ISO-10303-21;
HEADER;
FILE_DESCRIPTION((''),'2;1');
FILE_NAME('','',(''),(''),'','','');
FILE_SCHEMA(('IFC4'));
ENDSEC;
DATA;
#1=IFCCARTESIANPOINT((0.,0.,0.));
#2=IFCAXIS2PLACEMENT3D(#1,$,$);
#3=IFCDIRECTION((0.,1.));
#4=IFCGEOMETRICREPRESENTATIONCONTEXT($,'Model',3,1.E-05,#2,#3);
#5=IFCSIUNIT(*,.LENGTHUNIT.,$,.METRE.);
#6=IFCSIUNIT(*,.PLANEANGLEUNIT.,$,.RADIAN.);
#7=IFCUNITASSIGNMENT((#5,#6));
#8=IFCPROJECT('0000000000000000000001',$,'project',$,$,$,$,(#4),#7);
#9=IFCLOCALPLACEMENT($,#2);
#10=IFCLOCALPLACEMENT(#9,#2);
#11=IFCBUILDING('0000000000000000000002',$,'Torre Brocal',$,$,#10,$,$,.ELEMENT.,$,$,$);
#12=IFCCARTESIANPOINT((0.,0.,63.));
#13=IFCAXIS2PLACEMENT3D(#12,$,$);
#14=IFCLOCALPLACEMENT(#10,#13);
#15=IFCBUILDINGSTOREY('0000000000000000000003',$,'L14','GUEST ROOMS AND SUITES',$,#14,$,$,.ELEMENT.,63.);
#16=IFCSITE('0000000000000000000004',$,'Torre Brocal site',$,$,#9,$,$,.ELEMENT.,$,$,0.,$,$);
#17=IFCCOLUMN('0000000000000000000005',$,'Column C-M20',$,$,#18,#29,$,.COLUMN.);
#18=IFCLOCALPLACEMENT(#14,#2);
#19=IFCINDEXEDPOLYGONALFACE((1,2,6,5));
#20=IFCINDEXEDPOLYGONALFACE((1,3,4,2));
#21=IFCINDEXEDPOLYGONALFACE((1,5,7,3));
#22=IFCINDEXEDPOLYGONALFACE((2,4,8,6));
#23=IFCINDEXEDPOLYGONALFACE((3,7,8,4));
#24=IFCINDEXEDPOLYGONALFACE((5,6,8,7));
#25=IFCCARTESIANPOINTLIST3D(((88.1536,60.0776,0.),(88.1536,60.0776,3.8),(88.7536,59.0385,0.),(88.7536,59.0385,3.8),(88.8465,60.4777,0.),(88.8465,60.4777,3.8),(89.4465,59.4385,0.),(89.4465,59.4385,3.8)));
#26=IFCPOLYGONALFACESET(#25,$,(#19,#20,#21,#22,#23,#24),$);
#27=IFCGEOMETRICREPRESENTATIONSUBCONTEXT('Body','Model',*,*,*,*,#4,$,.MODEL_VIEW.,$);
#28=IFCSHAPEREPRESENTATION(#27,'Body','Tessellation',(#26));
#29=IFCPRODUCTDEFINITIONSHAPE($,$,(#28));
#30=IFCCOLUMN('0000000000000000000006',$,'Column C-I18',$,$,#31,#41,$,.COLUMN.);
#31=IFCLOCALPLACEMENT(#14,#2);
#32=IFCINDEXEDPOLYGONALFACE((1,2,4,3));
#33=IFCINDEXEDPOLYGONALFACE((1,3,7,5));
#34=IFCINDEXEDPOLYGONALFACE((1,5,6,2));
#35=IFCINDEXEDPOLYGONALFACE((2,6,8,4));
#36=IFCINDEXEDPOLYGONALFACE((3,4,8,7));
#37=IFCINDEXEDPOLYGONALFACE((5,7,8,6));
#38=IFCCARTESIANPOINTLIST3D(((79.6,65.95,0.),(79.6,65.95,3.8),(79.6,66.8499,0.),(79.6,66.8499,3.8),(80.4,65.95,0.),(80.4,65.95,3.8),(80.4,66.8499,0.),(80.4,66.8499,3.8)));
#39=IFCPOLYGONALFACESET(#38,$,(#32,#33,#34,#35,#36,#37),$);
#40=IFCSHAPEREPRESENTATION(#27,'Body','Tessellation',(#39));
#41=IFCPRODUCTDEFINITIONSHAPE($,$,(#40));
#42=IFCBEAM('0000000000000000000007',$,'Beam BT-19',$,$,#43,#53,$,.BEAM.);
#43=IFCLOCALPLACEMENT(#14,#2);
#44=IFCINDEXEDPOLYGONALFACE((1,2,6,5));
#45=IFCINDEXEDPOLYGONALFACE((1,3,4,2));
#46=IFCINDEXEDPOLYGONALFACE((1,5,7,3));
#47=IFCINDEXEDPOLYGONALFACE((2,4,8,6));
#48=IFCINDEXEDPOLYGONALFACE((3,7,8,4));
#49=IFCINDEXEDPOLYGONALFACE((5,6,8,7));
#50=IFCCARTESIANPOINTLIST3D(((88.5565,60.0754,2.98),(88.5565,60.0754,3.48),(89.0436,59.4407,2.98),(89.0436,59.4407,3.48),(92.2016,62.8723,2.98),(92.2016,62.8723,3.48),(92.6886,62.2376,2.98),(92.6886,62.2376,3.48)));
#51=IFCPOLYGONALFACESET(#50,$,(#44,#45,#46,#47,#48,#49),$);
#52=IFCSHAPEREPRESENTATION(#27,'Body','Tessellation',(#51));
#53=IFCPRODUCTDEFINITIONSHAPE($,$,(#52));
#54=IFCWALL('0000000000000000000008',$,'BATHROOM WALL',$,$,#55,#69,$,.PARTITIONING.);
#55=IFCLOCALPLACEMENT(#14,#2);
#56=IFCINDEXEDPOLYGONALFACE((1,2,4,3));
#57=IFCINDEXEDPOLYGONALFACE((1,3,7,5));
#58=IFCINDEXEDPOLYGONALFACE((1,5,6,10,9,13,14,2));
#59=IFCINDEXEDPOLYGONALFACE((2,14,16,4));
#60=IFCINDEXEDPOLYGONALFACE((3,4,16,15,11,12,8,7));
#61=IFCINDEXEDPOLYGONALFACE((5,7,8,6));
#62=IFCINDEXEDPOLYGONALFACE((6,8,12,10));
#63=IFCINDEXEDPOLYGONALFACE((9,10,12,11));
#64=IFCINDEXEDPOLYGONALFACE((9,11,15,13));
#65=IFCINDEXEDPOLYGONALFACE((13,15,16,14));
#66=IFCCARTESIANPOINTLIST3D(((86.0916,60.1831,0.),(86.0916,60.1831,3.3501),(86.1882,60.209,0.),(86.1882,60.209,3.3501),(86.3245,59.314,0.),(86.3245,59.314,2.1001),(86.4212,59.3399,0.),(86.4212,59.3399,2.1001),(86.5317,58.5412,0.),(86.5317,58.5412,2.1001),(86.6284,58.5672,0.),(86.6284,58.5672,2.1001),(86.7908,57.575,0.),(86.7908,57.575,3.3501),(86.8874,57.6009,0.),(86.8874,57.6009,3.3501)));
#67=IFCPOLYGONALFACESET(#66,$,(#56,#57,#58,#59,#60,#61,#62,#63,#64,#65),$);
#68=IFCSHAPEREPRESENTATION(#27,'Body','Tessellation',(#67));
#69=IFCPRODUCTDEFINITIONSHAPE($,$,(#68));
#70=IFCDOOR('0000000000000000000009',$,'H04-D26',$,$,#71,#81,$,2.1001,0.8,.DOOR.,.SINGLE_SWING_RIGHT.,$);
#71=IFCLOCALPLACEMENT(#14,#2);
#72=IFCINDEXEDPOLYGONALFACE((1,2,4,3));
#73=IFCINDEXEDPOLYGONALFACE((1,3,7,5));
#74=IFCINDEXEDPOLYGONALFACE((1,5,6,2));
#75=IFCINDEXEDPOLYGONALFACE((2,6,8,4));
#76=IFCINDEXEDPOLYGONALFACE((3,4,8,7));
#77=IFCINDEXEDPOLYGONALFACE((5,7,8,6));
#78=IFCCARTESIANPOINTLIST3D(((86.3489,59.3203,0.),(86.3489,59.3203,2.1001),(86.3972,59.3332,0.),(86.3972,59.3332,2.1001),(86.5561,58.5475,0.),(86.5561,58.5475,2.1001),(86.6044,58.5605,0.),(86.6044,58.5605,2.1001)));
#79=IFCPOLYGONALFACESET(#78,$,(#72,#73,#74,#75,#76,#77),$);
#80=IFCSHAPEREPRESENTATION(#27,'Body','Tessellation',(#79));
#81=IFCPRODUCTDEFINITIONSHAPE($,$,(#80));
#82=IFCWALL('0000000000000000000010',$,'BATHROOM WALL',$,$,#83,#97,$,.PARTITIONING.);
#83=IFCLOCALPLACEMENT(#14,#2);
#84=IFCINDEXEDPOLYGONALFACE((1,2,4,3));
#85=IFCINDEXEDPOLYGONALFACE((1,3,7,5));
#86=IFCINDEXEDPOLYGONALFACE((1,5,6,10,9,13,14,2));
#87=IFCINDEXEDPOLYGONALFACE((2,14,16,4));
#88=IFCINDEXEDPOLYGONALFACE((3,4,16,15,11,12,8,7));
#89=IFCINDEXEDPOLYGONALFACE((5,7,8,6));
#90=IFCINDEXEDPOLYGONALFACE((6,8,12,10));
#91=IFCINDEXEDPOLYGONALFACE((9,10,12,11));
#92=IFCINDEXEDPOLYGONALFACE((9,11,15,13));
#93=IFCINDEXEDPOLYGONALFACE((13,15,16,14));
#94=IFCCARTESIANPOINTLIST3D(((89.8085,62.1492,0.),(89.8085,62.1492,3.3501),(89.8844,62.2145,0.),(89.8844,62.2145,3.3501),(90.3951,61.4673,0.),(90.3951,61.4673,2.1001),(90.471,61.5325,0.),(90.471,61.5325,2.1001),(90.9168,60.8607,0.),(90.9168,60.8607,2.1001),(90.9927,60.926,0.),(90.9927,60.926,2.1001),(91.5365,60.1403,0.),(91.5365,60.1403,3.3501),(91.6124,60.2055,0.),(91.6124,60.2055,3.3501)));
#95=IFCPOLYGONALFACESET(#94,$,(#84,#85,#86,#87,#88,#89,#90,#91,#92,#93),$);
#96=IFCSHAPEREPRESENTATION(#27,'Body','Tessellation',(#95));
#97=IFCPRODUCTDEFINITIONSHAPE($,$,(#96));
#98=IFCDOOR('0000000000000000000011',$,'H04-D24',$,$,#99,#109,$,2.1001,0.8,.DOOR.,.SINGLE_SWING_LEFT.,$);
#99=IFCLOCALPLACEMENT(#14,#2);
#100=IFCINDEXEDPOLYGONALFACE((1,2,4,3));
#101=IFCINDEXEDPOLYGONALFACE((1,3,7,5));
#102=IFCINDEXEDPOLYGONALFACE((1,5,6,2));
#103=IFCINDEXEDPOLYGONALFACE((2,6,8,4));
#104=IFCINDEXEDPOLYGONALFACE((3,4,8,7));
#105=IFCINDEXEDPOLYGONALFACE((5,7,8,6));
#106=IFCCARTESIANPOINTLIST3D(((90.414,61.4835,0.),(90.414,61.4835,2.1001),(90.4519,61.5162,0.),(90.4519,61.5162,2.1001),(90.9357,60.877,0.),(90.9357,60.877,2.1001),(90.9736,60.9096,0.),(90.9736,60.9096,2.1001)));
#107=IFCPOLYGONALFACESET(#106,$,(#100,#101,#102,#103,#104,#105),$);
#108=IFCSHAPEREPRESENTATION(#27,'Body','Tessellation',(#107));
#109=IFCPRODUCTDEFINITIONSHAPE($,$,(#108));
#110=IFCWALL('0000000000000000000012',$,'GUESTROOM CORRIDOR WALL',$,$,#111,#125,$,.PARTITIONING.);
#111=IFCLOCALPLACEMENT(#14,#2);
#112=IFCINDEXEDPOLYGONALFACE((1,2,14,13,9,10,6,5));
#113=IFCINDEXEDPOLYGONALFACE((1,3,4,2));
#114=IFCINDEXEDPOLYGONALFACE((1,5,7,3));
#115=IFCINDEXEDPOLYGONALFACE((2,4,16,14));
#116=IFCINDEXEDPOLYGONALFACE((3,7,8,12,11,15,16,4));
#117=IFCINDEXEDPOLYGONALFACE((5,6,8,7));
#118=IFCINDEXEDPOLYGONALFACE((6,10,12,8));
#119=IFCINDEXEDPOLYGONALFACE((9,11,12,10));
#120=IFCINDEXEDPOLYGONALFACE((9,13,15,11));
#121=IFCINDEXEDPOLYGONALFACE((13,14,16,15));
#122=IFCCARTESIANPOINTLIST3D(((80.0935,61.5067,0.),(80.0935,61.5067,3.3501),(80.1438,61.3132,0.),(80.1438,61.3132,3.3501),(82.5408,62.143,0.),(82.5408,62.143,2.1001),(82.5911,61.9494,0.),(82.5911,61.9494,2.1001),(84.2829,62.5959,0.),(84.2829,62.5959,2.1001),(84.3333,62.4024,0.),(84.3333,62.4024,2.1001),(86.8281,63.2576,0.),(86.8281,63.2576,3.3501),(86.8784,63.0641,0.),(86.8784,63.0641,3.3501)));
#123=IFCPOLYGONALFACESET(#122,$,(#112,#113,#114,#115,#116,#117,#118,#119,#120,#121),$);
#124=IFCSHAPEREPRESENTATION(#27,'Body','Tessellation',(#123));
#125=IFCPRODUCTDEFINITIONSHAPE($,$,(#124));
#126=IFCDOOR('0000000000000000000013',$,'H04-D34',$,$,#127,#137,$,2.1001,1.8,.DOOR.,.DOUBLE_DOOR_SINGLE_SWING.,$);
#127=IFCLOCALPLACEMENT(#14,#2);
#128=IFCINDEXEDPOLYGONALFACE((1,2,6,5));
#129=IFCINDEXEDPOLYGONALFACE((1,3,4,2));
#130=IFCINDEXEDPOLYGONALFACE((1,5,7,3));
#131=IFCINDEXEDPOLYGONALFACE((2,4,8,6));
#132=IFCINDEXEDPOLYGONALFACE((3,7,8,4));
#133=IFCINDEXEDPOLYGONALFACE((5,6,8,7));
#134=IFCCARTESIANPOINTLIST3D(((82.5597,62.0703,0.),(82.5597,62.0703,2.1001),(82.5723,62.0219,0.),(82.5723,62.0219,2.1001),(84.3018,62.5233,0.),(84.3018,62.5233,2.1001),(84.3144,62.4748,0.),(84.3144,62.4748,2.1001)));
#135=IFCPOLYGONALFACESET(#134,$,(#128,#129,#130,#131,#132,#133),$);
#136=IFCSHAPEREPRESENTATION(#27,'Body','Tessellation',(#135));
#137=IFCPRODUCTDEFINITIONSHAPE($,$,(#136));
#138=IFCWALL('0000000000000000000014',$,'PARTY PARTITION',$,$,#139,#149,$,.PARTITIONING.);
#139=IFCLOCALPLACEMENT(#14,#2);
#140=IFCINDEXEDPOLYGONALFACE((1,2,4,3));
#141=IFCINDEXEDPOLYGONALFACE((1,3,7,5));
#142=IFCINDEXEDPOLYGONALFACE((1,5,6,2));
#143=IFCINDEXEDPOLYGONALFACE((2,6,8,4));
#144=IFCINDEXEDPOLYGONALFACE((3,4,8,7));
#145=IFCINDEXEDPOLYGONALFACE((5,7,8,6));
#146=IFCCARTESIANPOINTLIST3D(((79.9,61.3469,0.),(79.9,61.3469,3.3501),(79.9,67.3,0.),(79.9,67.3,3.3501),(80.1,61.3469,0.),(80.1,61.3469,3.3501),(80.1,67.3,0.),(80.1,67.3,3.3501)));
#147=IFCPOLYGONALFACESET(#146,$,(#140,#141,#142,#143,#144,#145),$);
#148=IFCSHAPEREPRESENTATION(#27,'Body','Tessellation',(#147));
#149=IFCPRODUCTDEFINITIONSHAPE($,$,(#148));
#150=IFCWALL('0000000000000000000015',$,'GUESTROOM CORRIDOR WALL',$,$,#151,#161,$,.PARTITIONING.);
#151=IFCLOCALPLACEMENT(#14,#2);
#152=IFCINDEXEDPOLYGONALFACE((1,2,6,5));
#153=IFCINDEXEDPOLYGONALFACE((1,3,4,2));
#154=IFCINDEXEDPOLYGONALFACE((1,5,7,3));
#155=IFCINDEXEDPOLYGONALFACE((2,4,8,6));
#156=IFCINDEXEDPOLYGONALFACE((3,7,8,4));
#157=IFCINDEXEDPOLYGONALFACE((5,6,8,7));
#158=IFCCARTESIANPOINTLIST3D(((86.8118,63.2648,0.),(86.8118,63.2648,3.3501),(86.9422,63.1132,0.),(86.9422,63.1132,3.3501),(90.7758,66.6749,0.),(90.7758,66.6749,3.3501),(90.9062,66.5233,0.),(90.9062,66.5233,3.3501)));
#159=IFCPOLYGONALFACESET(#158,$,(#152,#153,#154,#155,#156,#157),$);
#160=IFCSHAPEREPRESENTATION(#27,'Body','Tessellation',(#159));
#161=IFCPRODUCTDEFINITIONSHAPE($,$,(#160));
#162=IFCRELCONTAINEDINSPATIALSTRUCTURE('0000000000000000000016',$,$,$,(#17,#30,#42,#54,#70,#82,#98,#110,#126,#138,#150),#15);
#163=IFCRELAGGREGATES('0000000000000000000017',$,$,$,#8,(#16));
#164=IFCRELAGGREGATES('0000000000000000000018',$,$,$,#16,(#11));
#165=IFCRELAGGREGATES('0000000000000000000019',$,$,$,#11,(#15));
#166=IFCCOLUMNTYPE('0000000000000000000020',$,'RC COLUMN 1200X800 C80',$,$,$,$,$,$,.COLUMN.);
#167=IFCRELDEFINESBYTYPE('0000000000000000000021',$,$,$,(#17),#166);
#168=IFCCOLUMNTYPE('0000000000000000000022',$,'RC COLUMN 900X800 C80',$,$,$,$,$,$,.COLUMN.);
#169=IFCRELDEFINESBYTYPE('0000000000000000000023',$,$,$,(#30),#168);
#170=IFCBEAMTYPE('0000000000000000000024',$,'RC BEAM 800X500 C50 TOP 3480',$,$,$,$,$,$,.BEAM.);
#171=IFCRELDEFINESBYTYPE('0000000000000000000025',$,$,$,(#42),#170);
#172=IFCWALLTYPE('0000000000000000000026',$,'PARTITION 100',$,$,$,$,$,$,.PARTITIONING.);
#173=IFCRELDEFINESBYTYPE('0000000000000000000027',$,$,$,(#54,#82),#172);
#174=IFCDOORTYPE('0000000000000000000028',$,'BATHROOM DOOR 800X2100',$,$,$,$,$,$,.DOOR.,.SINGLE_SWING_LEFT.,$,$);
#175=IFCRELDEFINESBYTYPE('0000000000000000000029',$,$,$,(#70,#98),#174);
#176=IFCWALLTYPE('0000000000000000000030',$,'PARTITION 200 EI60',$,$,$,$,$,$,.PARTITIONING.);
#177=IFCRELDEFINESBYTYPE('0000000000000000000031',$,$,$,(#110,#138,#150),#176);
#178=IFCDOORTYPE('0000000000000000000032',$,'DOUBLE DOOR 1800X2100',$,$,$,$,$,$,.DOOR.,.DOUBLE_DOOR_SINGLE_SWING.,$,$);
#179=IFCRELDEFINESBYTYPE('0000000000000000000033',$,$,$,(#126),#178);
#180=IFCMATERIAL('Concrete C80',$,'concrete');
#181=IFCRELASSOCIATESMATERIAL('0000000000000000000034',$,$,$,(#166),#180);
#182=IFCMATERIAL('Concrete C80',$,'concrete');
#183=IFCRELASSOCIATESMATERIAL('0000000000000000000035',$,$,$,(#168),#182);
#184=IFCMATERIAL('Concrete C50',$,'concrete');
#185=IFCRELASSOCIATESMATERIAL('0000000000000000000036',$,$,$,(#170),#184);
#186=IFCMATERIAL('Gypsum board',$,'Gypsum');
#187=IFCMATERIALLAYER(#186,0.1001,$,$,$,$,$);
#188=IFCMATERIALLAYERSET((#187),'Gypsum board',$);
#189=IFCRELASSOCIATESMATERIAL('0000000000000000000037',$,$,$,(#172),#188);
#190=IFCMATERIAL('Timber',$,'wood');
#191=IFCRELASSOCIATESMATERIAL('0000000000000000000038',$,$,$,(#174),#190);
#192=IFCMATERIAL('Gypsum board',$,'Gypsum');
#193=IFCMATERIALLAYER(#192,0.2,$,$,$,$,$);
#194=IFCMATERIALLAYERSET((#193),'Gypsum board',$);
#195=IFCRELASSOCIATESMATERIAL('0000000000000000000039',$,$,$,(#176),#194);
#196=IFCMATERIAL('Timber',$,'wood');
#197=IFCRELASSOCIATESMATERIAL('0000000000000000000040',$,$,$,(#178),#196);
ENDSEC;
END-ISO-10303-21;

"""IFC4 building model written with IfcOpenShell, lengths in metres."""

from ifc_helpers import new_model, si_unit, direction, frame, frame_2d, origin, origin_2d, place, context, subcontext, project, spatial, rectangle, extrude, material, layer, layer_set, material_profile, profile_set, type_object, element, fill, save


model = new_model("IFC4")

# Units and contexts
model_context = context("Model", 3, precision=1e-05, world=origin(), true_north=direction((0.0, 1.0)))
body_context = subcontext(model_context, "Body", "Model", "MODEL_VIEW")
ifc_project = project(units=[si_unit("LENGTHUNIT", "METRE"), si_unit("PLANEANGLEUNIT", "RADIAN")], contexts=[model_context])

# Site, building, storey
site_placement = place(None, origin())
site = spatial("IfcSite", under=ifc_project, at=site_placement, Name="Torre Brocal site", CompositionType="ELEMENT", RefElevation=0.0)
building_placement = place(site_placement, origin())
building = spatial("IfcBuilding", under=site, at=building_placement, Name="Torre Brocal", CompositionType="ELEMENT")
storey_placement = place(building_placement, frame((0.0, 0.0, 63.0)))
storey = spatial("IfcBuildingStorey", under=building, at=storey_placement, Name="L14", Description="GUEST ROOMS AND SUITES", CompositionType="ELEMENT", Elevation=63.0)

# Columns
ifc_material_1 = material(Name="Concrete C80", Category="concrete")
ifc_material_profile_1 = material_profile(ifc_material_1, rectangle(XDim=1.2, YDim=0.8, at=origin_2d()), Name="RC 1200X800")
ifc_profile_set_1 = profile_set([ifc_material_profile_1], Name="Concrete C80")
column_type_1 = type_object("IfcColumnType", Name="RC COLUMN 1200X800 C80", PredefinedType="COLUMN", material=ifc_profile_set_1)
column_1_placement = place(storey_placement, frame((88.8, 59.7581, 0.0), z_axis=(0.0, 0.0, 1.0), x_axis=(0.5, -0.866025, 0.0)))
element("IfcColumn", 1, at=column_1_placement, inside=storey, type_object=column_type_1, Name="Column C-M20", PredefinedType="COLUMN", context=body_context, shape_type="SweptSolid", body=[
    extrude(rectangle(XDim=1.2, YDim=0.8, at=origin_2d()), origin(), (0.0, 0.0, 1.0), 3.8),
])
ifc_material_2 = material(Name="Concrete C80", Category="concrete")
ifc_material_profile_2 = material_profile(ifc_material_2, rectangle(XDim=0.8999, YDim=0.8, at=origin_2d()), Name="RC 900X800")
ifc_profile_set_2 = profile_set([ifc_material_profile_2], Name="Concrete C80")
column_type_2 = type_object("IfcColumnType", Name="RC COLUMN 900X800 C80", PredefinedType="COLUMN", material=ifc_profile_set_2)
column_2_placement = place(storey_placement, frame((80.0, 66.3999, 0.0), z_axis=(0.0, 0.0, 1.0), x_axis=(0.0, -1.0, 0.0)))
element("IfcColumn", 2, at=column_2_placement, inside=storey, type_object=column_type_2, Name="Column C-I18", PredefinedType="COLUMN", context=body_context, shape_type="SweptSolid", body=[
    extrude(rectangle(XDim=0.8999, YDim=0.8, at=origin_2d()), origin(), (0.0, 0.0, 1.0), 3.8),
])

# Beam
ifc_material_3 = material(Name="Concrete C50", Category="concrete")
ifc_material_profile_3 = material_profile(ifc_material_3, rectangle(XDim=0.8, YDim=0.5, at=origin_2d()), Name="RC 800X500")
ifc_profile_set_3 = profile_set([ifc_material_profile_3], Name="Concrete C50")
beam_type = type_object("IfcBeamType", Name="RC BEAM 800X500 C50 TOP 3480", PredefinedType="BEAM", material=ifc_profile_set_3)
beam_placement = place(storey_placement, frame((88.8, 59.7581, 3.23), z_axis=(0.793358, 0.608755, 0.0), x_axis=(-0.608755, 0.793358, 0.0)))
element("IfcBeam", 3, at=beam_placement, inside=storey, type_object=beam_type, Name="Beam BT-19", PredefinedType="BEAM", context=body_context, shape_type="SweptSolid", body=[
    extrude(rectangle(XDim=0.8, YDim=0.5, at=origin_2d()), origin(), (0.0, 0.0, 1.0), 4.5945),
])

# Walls, openings, doors
ifc_material_4 = material(Name="Gypsum board", Category="Gypsum")
ifc_layer_1 = layer(ifc_material_4, 0.1001)
ifc_layer_set_1 = layer_set([ifc_layer_1], Name="Gypsum board")
wall_type_1 = type_object("IfcWallType", Name="PARTITION 100", PredefinedType="PARTITIONING", material=ifc_layer_set_1)
wall_1_placement = place(storey_placement, frame((86.1399, 60.196, 0.0), z_axis=(0.0, 0.0, 1.0), x_axis=(0.258945, -0.965892, 0.0)))
wall_1 = element("IfcWall", 4, at=wall_1_placement, inside=storey, type_object=wall_type_1, Name="BATHROOM WALL", PredefinedType="PARTITIONING", context=body_context, shape_type="SweptSolid", body=[
    extrude(rectangle(XDim=2.7002, YDim=0.1001, at=frame_2d((1.3501, 0.0))), origin(), (0.0, 0.0, 1.0), 3.3501),
])
opening_1_placement = place(wall_1_placement, frame((0.8999, 0.0, 0.0)))
opening_1 = element("IfcOpeningElement", 5, at=opening_1_placement, cuts=wall_1, PredefinedType="OPENING", context=body_context, shape_type="SweptSolid", body=[
    extrude(rectangle(XDim=0.8, YDim=2.1001, at=frame_2d((0.3999, 1.05))), frame((0.0, 0.0601, 0.0), z_axis=(0.0, -1.0, 0.0), x_axis=(1.0, 0.0, 0.0)), (0.0, 0.0, 1.0), 0.1201),
])
ifc_material_5 = material(Name="Timber", Category="wood")
door_type_1 = type_object("IfcDoorType", Name="BATHROOM DOOR 800X2100", OperationType="SINGLE_SWING_LEFT", PredefinedType="DOOR", material=ifc_material_5)
door_1_placement = place(opening_1_placement, frame((0.8, 0.0, 0.0), z_axis=(0.0, 0.0, 1.0), x_axis=(-1.0, 0.0, 0.0)))
door_1 = element("IfcDoor", 6, at=door_1_placement, inside=storey, type_object=door_type_1, Name="H04-D26", OperationType="SINGLE_SWING_RIGHT", OverallHeight=2.1001, OverallWidth=0.8, PredefinedType="DOOR", context=body_context, shape_type="SweptSolid", body=[
    extrude(rectangle(XDim=0.8, YDim=2.1001, at=frame_2d((0.3999, 1.05))), frame((0.0, 0.0249, 0.0), z_axis=(0.0, -1.0, 0.0), x_axis=(1.0, 0.0, 0.0)), (0.0, 0.0, 1.0), 0.05),
])
fill(opening_1, door_1)
wall_2_placement = place(storey_placement, frame((89.8464, 62.1819, 0.0), z_axis=(0.0, 0.0, 1.0), x_axis=(0.652095, -0.758137, 0.0)))
wall_2 = element("IfcWall", 7, at=wall_2_placement, inside=storey, type_object=wall_type_1, Name="BATHROOM WALL", PredefinedType="PARTITIONING", context=body_context, shape_type="SweptSolid", body=[
    extrude(rectangle(XDim=2.6499, YDim=0.1001, at=frame_2d((1.325, 0.0))), origin(), (0.0, 0.0, 1.0), 3.3501),
])
opening_2_placement = place(wall_2_placement, frame((0.8997, 0.0, 0.0)))
opening_2 = element("IfcOpeningElement", 8, at=opening_2_placement, cuts=wall_2, PredefinedType="OPENING", context=body_context, shape_type="SweptSolid", body=[
    extrude(rectangle(XDim=0.8, YDim=2.1001, at=frame_2d((0.3999, 1.05))), frame((0.0, 0.0601, 0.0), z_axis=(0.0, -1.0, 0.0), x_axis=(1.0, 0.0, 0.0)), (0.0, 0.0, 1.0), 0.1201),
])
door_2_placement = place(opening_2_placement, origin())
door_2 = element("IfcDoor", 9, at=door_2_placement, inside=storey, type_object=door_type_1, Name="H04-D24", OperationType="SINGLE_SWING_LEFT", OverallHeight=2.1001, OverallWidth=0.8, PredefinedType="DOOR", context=body_context, shape_type="SweptSolid", body=[
    extrude(rectangle(XDim=0.8, YDim=2.1001, at=frame_2d((0.3999, 1.05))), frame((0.0, 0.0249, 0.0), z_axis=(0.0, -1.0, 0.0), x_axis=(1.0, 0.0, 0.0)), (0.0, 0.0, 1.0), 0.05),
])
fill(opening_2, door_2)
ifc_material_6 = material(Name="Gypsum board", Category="Gypsum")
ifc_layer_2 = layer(ifc_material_6, 0.2)
ifc_layer_set_2 = layer_set([ifc_layer_2], Name="Gypsum board")
wall_type_2 = type_object("IfcWallType", Name="PARTITION 200 EI60", PredefinedType="PARTITIONING", material=ifc_layer_set_2)
wall_3_placement = place(storey_placement, frame((80.1187, 61.4099, 0.0), z_axis=(0.0, 0.0, 1.0), x_axis=(0.967823, 0.251631, 0.0)))
wall_3 = element("IfcWall", 10, at=wall_3_placement, inside=storey, type_object=wall_type_2, Name="GUESTROOM CORRIDOR WALL", PredefinedType="PARTITIONING", context=body_context, shape_type="SweptSolid", body=[
    extrude(rectangle(XDim=6.9585, YDim=0.2, at=frame_2d((3.4792, 0.0))), origin(), (0.0, 0.0, 1.0), 3.3501),
])
opening_3_placement = place(wall_3_placement, frame((2.5288, 0.0, 0.0)))
opening_3 = element("IfcOpeningElement", 11, at=opening_3_placement, cuts=wall_3, PredefinedType="OPENING", context=body_context, shape_type="SweptSolid", body=[
    extrude(rectangle(XDim=1.8, YDim=2.1001, at=frame_2d((0.8999, 1.05))), frame((0.0, 0.1099, 0.0), z_axis=(0.0, -1.0, 0.0), x_axis=(1.0, 0.0, 0.0)), (0.0, 0.0, 1.0), 0.22),
])
ifc_material_7 = material(Name="Timber", Category="wood")
door_type_2 = type_object("IfcDoorType", Name="DOUBLE DOOR 1800X2100", OperationType="DOUBLE_DOOR_SINGLE_SWING", PredefinedType="DOOR", material=ifc_material_7)
door_3_placement = place(opening_3_placement, origin())
door_3 = element("IfcDoor", 12, at=door_3_placement, inside=storey, type_object=door_type_2, Name="H04-D34", OperationType="DOUBLE_DOOR_SINGLE_SWING", OverallHeight=2.1001, OverallWidth=1.8, PredefinedType="DOOR", context=body_context, shape_type="SweptSolid", body=[
    extrude(rectangle(XDim=1.8, YDim=2.1001, at=frame_2d((0.8999, 1.05))), frame((0.0, 0.0249, 0.0), z_axis=(0.0, -1.0, 0.0), x_axis=(1.0, 0.0, 0.0)), (0.0, 0.0, 1.0), 0.05),
])
fill(opening_3, door_3)

# Walls
wall_4_placement = place(storey_placement, frame((80.0, 61.3469, 0.0), z_axis=(0.0, 0.0, 1.0), x_axis=(0.0, 1.0, 0.0)))
element("IfcWall", 13, at=wall_4_placement, inside=storey, type_object=wall_type_2, Name="PARTY PARTITION", PredefinedType="PARTITIONING", context=body_context, shape_type="SweptSolid", body=[
    extrude(rectangle(XDim=5.9531, YDim=0.2, at=frame_2d((2.9766, 0.0))), origin(), (0.0, 0.0, 1.0), 3.3501),
])
wall_5_placement = place(storey_placement, frame((86.877, 63.189, 0.0), z_axis=(0.0, 0.0, 1.0), x_axis=(0.758089, 0.652151, 0.0)))
element("IfcWall", 14, at=wall_5_placement, inside=storey, type_object=wall_type_2, Name="GUESTROOM CORRIDOR WALL", PredefinedType="PARTITIONING", context=body_context, shape_type="SweptSolid", body=[
    extrude(rectangle(XDim=5.229, YDim=0.2, at=frame_2d((2.6145, 0.0))), origin(), (0.0, 0.0, 1.0), 3.3501),
])

save(model, "model.ifc")
